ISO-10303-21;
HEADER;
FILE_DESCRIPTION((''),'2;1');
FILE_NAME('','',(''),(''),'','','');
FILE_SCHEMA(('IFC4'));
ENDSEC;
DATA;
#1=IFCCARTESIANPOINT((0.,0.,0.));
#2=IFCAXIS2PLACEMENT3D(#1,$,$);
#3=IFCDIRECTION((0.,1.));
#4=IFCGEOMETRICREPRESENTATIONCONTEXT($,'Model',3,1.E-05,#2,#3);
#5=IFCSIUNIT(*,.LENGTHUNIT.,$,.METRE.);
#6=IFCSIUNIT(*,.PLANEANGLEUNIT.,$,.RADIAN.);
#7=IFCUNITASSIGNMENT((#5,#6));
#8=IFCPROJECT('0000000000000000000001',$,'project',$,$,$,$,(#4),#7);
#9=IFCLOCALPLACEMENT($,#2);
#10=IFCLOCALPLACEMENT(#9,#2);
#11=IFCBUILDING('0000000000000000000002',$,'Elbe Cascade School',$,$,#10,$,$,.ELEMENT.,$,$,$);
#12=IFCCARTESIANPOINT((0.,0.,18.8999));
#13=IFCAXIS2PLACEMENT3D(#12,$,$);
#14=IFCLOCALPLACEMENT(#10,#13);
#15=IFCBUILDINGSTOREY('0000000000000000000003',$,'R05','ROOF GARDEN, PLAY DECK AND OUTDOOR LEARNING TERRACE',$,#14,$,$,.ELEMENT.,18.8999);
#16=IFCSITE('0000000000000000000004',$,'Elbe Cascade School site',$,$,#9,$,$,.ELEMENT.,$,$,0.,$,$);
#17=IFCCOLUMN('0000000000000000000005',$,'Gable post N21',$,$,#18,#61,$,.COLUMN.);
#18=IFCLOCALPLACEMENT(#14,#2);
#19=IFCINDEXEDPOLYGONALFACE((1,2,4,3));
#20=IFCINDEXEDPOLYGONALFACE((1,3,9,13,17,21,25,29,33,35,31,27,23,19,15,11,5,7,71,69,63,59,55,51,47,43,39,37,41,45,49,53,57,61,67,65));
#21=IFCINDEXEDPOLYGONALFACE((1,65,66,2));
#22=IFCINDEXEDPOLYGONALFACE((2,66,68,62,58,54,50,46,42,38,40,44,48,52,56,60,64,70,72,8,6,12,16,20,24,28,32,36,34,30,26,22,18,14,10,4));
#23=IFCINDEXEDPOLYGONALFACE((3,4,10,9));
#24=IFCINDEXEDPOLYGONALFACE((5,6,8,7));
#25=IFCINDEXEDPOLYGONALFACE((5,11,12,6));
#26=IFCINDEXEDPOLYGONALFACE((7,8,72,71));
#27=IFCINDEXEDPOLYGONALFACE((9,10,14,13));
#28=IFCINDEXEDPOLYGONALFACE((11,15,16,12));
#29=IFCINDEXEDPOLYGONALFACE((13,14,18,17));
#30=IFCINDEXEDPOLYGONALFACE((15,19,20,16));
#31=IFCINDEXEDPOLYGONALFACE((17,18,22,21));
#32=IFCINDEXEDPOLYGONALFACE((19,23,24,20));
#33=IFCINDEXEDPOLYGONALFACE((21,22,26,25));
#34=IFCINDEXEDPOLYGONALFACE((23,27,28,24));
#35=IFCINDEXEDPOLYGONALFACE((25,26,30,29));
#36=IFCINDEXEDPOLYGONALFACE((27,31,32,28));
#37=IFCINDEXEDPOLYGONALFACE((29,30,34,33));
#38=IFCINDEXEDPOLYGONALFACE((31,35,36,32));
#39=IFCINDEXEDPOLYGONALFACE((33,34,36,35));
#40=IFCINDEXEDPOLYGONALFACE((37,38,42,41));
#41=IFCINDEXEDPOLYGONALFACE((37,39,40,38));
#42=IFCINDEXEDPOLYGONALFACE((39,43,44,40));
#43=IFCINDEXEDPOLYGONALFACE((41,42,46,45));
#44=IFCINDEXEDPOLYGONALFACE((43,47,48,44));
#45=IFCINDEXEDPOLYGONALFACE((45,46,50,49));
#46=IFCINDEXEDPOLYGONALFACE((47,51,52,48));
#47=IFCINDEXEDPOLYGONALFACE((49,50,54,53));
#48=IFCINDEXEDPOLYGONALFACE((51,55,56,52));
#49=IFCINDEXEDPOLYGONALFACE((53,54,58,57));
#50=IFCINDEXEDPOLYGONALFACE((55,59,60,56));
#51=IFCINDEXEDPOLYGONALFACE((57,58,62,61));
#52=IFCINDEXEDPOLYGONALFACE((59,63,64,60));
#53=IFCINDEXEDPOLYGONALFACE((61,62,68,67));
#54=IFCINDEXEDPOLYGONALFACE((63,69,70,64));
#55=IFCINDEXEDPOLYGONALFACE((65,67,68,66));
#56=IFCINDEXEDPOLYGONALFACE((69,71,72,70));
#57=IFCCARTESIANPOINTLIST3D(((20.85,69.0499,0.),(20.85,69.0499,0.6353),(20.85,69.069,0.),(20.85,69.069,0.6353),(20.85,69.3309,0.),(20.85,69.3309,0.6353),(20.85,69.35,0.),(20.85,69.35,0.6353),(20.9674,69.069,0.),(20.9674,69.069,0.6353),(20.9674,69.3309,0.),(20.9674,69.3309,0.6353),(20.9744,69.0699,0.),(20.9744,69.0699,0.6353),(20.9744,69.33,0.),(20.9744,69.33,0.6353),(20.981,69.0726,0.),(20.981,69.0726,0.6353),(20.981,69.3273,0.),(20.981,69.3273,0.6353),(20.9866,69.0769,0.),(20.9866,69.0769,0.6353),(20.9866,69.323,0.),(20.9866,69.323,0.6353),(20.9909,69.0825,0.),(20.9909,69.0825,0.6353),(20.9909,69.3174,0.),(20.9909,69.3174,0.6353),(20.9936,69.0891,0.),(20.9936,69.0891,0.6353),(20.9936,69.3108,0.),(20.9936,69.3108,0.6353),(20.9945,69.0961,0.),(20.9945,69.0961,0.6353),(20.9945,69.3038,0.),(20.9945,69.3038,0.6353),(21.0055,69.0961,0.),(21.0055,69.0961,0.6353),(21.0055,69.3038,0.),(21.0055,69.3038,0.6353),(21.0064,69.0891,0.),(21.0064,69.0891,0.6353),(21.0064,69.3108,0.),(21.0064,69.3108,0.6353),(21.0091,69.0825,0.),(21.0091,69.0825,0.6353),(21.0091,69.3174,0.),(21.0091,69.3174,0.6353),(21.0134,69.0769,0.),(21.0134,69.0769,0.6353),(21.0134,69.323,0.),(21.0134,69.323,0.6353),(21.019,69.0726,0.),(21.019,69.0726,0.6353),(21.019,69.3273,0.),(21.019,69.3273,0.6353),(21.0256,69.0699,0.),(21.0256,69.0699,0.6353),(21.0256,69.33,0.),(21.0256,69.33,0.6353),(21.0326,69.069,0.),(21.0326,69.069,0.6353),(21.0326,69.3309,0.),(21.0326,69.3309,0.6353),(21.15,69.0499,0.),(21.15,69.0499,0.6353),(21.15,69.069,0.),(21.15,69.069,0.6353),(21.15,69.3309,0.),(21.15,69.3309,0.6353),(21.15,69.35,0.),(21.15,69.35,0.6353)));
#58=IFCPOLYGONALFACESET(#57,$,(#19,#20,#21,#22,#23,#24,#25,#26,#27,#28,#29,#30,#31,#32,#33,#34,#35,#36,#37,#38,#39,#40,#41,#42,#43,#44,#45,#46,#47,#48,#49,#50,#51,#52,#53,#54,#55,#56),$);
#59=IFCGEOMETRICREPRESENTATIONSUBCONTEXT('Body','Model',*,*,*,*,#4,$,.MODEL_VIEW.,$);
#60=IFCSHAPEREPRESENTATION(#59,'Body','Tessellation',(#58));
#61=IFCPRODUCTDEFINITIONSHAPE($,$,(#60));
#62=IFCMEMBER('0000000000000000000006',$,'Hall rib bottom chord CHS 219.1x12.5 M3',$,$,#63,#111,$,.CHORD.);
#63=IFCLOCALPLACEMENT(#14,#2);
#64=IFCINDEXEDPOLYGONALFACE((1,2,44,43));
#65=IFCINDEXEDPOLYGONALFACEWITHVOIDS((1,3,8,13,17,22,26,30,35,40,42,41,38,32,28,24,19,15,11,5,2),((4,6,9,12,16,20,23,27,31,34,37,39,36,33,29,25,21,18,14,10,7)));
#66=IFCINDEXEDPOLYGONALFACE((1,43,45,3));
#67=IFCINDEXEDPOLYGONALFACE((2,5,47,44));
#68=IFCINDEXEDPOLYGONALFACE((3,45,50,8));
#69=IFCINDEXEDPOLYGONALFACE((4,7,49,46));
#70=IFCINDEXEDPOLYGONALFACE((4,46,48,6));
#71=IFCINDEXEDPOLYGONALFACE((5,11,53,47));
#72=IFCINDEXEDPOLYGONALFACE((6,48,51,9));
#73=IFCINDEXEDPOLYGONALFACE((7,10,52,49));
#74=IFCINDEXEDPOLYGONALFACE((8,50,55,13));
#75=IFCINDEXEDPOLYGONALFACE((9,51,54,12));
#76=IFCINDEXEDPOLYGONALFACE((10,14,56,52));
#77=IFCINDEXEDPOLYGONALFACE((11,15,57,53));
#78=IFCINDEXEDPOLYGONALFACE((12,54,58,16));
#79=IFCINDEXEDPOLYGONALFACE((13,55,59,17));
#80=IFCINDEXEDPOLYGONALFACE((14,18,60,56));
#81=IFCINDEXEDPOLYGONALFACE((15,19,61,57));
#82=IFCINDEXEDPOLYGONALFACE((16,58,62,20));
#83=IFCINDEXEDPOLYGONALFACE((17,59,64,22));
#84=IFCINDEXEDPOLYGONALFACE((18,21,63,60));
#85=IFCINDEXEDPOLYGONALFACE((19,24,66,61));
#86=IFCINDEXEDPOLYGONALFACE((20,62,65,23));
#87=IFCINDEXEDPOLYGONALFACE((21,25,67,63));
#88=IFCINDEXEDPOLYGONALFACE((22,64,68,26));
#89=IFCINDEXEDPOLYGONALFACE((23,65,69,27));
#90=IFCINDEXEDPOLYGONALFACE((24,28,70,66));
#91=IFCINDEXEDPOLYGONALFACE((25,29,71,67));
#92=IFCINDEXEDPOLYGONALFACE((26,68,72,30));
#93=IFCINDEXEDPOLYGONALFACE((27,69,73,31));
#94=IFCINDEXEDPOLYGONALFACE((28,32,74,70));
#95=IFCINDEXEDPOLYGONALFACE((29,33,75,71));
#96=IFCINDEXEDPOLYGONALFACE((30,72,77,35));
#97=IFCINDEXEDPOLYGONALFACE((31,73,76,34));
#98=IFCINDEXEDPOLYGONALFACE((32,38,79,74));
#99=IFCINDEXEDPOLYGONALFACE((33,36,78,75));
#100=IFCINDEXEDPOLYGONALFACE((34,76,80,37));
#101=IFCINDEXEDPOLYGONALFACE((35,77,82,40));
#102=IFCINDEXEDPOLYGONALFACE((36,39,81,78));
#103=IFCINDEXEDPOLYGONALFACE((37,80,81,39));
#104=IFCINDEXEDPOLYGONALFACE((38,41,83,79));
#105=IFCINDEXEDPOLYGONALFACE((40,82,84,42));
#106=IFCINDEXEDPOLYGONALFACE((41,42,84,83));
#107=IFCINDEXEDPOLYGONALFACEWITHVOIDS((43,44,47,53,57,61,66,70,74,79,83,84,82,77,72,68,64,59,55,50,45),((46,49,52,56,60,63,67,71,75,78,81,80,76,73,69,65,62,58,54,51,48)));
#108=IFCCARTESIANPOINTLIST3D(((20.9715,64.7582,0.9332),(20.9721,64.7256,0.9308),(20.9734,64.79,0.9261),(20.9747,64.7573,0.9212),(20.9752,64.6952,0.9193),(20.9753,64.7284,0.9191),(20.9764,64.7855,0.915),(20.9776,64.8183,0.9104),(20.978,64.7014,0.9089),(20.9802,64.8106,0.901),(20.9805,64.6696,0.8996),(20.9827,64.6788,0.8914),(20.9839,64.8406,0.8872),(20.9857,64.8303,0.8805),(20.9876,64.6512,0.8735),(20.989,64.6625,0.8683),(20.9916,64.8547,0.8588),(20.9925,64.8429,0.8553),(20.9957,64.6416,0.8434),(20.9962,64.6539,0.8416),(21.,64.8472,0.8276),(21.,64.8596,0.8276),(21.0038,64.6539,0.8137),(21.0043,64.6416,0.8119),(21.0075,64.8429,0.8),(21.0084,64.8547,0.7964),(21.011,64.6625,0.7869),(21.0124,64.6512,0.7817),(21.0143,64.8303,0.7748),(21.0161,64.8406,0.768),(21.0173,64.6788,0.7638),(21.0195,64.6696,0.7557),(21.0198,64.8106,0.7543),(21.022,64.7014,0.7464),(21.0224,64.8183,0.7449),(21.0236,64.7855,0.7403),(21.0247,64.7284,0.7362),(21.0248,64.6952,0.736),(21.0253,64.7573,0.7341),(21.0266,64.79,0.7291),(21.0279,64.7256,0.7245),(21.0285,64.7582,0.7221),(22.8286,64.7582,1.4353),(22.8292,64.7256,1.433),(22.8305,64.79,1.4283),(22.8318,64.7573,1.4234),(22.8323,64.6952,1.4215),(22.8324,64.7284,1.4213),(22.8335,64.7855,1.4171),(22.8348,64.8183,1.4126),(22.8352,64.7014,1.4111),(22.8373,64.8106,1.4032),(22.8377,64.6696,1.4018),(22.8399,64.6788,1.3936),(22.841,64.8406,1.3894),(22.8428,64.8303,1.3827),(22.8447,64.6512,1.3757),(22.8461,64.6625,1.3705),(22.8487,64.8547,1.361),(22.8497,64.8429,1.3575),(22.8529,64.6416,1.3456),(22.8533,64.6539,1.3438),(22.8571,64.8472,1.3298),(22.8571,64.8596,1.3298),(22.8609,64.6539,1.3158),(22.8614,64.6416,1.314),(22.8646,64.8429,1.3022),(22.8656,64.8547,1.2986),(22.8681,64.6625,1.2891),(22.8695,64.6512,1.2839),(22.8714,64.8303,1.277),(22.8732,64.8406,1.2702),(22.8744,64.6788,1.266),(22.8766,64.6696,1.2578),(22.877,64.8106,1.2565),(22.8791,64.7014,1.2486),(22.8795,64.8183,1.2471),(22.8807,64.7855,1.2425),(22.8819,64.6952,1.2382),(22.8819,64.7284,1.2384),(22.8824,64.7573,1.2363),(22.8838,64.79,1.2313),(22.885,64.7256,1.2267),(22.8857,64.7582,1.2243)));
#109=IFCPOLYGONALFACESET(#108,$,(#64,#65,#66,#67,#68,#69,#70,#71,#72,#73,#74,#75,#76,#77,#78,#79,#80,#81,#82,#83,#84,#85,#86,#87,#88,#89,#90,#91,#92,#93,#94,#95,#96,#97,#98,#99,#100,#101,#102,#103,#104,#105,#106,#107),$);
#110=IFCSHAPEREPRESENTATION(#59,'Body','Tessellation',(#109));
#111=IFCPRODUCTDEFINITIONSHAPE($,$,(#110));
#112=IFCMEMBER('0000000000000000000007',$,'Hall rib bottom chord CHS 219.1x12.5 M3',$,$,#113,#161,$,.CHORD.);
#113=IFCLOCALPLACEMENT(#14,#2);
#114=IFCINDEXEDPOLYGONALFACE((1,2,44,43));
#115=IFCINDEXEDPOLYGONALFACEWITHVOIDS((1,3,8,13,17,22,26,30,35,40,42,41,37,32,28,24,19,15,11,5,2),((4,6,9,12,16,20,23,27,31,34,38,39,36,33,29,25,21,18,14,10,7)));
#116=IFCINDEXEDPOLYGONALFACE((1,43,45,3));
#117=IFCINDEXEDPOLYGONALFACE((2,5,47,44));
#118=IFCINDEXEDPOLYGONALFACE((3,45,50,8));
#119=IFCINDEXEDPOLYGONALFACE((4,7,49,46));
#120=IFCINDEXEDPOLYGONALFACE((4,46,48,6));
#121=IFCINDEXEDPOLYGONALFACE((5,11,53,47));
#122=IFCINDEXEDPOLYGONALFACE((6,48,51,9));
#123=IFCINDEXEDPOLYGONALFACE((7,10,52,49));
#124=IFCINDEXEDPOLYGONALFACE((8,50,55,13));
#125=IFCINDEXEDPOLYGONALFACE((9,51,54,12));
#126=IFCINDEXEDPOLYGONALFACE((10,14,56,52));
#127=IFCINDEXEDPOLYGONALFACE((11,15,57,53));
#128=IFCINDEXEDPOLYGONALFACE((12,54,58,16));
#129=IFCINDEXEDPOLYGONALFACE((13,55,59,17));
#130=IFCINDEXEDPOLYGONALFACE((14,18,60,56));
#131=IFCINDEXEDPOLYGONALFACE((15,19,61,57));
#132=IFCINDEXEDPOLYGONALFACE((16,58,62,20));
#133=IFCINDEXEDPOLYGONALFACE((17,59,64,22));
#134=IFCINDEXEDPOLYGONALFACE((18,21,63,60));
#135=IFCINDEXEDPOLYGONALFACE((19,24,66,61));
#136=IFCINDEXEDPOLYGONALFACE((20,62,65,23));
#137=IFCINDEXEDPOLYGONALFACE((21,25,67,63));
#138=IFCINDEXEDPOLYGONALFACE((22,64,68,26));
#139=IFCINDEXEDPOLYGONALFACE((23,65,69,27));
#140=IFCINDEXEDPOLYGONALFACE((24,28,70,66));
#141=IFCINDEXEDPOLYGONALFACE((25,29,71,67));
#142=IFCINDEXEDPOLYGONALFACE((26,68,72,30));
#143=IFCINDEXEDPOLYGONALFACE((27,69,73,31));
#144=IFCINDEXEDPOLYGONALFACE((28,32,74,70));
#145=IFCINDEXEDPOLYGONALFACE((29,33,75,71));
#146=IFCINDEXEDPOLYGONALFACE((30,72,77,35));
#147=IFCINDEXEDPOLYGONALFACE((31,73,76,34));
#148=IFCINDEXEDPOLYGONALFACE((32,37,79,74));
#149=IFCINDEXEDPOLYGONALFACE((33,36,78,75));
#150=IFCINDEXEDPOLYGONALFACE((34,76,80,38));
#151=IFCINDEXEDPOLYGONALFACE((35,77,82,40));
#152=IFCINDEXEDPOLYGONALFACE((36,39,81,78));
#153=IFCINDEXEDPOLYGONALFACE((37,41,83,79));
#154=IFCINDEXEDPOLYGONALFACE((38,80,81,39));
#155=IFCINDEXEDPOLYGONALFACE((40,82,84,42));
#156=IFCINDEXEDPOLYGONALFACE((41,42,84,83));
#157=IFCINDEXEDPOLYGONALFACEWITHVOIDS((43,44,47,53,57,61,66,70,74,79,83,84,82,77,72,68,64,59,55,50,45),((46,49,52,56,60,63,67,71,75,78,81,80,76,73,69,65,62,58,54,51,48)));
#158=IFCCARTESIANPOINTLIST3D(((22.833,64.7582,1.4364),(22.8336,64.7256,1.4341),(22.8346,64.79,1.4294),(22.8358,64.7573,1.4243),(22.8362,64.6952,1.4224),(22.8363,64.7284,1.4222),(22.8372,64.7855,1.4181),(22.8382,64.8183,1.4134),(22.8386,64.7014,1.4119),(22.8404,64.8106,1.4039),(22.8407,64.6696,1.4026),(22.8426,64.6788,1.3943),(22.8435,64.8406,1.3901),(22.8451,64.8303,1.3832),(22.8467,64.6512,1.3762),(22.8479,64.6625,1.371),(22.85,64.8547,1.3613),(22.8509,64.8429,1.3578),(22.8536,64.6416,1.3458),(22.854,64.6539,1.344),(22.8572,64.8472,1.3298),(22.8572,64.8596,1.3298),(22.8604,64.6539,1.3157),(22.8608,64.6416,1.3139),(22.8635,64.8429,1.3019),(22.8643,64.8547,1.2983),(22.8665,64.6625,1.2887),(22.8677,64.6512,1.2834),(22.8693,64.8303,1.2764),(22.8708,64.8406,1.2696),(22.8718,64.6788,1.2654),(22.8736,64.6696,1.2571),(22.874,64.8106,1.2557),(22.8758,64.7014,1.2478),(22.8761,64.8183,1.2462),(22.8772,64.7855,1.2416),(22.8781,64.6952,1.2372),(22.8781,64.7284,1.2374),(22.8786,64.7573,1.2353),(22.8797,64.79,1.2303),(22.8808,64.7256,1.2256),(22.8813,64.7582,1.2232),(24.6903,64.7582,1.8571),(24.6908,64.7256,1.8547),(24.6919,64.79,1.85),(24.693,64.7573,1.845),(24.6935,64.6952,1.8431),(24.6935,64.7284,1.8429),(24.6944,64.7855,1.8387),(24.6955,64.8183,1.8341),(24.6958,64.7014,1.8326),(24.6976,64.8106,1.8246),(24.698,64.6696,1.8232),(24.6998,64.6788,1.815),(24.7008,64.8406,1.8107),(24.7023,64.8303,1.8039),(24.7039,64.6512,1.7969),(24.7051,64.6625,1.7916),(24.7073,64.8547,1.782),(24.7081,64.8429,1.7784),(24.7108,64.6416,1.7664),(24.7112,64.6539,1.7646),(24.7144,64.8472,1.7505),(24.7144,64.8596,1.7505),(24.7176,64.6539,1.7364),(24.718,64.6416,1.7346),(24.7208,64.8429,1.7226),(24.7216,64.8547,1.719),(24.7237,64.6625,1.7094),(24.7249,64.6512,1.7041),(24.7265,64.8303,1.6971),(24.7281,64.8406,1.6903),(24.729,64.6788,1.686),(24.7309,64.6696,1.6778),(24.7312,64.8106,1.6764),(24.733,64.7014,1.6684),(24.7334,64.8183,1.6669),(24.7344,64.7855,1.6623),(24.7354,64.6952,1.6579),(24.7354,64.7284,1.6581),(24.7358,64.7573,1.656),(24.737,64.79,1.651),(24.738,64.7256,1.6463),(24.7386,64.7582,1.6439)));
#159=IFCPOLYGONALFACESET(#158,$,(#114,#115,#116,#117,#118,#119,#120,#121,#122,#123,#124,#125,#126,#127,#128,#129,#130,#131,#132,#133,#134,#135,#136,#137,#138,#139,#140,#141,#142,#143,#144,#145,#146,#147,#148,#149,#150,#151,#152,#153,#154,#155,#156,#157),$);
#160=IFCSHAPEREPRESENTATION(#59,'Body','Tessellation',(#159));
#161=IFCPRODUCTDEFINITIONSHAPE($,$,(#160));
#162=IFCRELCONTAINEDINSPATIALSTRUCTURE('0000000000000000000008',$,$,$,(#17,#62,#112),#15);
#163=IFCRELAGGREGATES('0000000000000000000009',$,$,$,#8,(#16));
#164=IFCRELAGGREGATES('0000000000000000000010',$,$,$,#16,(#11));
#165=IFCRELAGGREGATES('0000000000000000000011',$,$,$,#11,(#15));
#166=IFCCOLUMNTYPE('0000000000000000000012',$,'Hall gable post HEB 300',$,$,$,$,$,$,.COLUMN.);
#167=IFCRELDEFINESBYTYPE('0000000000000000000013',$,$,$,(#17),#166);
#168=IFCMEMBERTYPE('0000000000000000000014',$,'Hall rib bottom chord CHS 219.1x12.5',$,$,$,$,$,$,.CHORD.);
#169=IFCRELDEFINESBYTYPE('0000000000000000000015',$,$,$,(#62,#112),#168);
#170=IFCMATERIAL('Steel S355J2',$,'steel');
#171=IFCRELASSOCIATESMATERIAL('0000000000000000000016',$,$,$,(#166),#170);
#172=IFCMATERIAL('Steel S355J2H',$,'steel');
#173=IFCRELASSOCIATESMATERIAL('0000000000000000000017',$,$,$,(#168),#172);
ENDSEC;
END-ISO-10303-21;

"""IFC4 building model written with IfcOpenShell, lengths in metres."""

from ifc_helpers import new_model, si_unit, direction, frame, origin, origin_2d, place, context, subcontext, project, spatial, hollow_circle, i_section, extrude, material, material_profile, profile_set, type_object, element, save


model = new_model("IFC4")

# Units and contexts
model_context = context("Model", 3, precision=1e-05, world=origin(), true_north=direction((0.0, 1.0)))
body_context = subcontext(model_context, "Body", "Model", "MODEL_VIEW")
ifc_project = project(units=[si_unit("LENGTHUNIT", "METRE"), si_unit("PLANEANGLEUNIT", "RADIAN")], contexts=[model_context])

# Site, building, storey
site_placement = place(None, origin())
site = spatial("IfcSite", under=ifc_project, at=site_placement, Name="Elbe Cascade School site", CompositionType="ELEMENT", RefElevation=0.0)
building_placement = place(site_placement, origin())
building = spatial("IfcBuilding", under=site, at=building_placement, Name="Elbe Cascade School", CompositionType="ELEMENT")
storey_placement = place(building_placement, frame((0.0, 0.0, 18.8999)))
storey = spatial("IfcBuildingStorey", under=building, at=storey_placement, Name="R05", Description="ROOF GARDEN, PLAY DECK AND OUTDOOR LEARNING TERRACE", CompositionType="ELEMENT", Elevation=18.8999)

# Column
ifc_material_1 = material(Name="Steel S355J2", Category="steel")
ifc_material_profile_1 = material_profile(ifc_material_1, i_section(OverallWidth=0.3, OverallDepth=0.3, WebThickness=0.011, FlangeThickness=0.019, FilletRadius=0.0271, at=origin_2d()), Name="HEB 300")
ifc_profile_set_1 = profile_set([ifc_material_profile_1], Name="Steel S355J2")
column_type = type_object("IfcColumnType", Name="Hall gable post HEB 300", PredefinedType="COLUMN", material=ifc_profile_set_1)
column_placement = place(storey_placement, frame((21.0, 69.2, 0.0), z_axis=(0.0, 0.0, 1.0), x_axis=(1.0, 0.0, 0.0)))
element("IfcColumn", 1, at=column_placement, inside=storey, type_object=column_type, Name="Gable post N21", PredefinedType="COLUMN", context=body_context, shape_type="SweptSolid", body=[
    extrude(i_section(OverallWidth=0.3, OverallDepth=0.3, WebThickness=0.011, FlangeThickness=0.019, FilletRadius=0.0271, at=origin_2d()), origin(), (0.0, 0.0, 1.0), 0.6353),
])

# Members
ifc_material_2 = material(Name="Steel S355J2H", Category="steel")
ifc_material_profile_2 = material_profile(ifc_material_2, hollow_circle(Radius=0.1096, WallThickness=0.0125, at=origin_2d()), Name="CHS 219.1x12.5")
ifc_profile_set_2 = profile_set([ifc_material_profile_2], Name="Steel S355J2H")
member_type_1 = type_object("IfcMemberType", Name="Hall rib bottom chord CHS 219.1x12.5", PredefinedType="CHORD", material=ifc_profile_set_2)
member_1_placement = place(storey_placement, frame((21.0, 64.75, 0.8276), z_axis=(0.96533, 0.0, 0.261034), x_axis=(0.0, 1.0, 0.0)))
element("IfcMember", 2, at=member_1_placement, inside=storey, type_object=member_type_1, Name="Hall rib bottom chord CHS 219.1x12.5 M3", PredefinedType="CHORD", context=body_context, shape_type="SweptSolid", body=[
    extrude(hollow_circle(Radius=0.1096, WallThickness=0.0125, at=origin_2d()), origin(), (0.0, 0.0, 1.0), 1.9238),
])
member_2_placement = place(storey_placement, frame((22.8572, 64.75, 1.3298), z_axis=(0.975295, 0.0, 0.220906), x_axis=(0.0, 1.0, 0.0)))
element("IfcMember", 3, at=member_2_placement, inside=storey, type_object=member_type_1, Name="Hall rib bottom chord CHS 219.1x12.5 M3", PredefinedType="CHORD", context=body_context, shape_type="SweptSolid", body=[
    extrude(hollow_circle(Radius=0.1096, WallThickness=0.0125, at=origin_2d()), origin(), (0.0, 0.0, 1.0), 1.9043),
])

save(model, "model.ifc")
